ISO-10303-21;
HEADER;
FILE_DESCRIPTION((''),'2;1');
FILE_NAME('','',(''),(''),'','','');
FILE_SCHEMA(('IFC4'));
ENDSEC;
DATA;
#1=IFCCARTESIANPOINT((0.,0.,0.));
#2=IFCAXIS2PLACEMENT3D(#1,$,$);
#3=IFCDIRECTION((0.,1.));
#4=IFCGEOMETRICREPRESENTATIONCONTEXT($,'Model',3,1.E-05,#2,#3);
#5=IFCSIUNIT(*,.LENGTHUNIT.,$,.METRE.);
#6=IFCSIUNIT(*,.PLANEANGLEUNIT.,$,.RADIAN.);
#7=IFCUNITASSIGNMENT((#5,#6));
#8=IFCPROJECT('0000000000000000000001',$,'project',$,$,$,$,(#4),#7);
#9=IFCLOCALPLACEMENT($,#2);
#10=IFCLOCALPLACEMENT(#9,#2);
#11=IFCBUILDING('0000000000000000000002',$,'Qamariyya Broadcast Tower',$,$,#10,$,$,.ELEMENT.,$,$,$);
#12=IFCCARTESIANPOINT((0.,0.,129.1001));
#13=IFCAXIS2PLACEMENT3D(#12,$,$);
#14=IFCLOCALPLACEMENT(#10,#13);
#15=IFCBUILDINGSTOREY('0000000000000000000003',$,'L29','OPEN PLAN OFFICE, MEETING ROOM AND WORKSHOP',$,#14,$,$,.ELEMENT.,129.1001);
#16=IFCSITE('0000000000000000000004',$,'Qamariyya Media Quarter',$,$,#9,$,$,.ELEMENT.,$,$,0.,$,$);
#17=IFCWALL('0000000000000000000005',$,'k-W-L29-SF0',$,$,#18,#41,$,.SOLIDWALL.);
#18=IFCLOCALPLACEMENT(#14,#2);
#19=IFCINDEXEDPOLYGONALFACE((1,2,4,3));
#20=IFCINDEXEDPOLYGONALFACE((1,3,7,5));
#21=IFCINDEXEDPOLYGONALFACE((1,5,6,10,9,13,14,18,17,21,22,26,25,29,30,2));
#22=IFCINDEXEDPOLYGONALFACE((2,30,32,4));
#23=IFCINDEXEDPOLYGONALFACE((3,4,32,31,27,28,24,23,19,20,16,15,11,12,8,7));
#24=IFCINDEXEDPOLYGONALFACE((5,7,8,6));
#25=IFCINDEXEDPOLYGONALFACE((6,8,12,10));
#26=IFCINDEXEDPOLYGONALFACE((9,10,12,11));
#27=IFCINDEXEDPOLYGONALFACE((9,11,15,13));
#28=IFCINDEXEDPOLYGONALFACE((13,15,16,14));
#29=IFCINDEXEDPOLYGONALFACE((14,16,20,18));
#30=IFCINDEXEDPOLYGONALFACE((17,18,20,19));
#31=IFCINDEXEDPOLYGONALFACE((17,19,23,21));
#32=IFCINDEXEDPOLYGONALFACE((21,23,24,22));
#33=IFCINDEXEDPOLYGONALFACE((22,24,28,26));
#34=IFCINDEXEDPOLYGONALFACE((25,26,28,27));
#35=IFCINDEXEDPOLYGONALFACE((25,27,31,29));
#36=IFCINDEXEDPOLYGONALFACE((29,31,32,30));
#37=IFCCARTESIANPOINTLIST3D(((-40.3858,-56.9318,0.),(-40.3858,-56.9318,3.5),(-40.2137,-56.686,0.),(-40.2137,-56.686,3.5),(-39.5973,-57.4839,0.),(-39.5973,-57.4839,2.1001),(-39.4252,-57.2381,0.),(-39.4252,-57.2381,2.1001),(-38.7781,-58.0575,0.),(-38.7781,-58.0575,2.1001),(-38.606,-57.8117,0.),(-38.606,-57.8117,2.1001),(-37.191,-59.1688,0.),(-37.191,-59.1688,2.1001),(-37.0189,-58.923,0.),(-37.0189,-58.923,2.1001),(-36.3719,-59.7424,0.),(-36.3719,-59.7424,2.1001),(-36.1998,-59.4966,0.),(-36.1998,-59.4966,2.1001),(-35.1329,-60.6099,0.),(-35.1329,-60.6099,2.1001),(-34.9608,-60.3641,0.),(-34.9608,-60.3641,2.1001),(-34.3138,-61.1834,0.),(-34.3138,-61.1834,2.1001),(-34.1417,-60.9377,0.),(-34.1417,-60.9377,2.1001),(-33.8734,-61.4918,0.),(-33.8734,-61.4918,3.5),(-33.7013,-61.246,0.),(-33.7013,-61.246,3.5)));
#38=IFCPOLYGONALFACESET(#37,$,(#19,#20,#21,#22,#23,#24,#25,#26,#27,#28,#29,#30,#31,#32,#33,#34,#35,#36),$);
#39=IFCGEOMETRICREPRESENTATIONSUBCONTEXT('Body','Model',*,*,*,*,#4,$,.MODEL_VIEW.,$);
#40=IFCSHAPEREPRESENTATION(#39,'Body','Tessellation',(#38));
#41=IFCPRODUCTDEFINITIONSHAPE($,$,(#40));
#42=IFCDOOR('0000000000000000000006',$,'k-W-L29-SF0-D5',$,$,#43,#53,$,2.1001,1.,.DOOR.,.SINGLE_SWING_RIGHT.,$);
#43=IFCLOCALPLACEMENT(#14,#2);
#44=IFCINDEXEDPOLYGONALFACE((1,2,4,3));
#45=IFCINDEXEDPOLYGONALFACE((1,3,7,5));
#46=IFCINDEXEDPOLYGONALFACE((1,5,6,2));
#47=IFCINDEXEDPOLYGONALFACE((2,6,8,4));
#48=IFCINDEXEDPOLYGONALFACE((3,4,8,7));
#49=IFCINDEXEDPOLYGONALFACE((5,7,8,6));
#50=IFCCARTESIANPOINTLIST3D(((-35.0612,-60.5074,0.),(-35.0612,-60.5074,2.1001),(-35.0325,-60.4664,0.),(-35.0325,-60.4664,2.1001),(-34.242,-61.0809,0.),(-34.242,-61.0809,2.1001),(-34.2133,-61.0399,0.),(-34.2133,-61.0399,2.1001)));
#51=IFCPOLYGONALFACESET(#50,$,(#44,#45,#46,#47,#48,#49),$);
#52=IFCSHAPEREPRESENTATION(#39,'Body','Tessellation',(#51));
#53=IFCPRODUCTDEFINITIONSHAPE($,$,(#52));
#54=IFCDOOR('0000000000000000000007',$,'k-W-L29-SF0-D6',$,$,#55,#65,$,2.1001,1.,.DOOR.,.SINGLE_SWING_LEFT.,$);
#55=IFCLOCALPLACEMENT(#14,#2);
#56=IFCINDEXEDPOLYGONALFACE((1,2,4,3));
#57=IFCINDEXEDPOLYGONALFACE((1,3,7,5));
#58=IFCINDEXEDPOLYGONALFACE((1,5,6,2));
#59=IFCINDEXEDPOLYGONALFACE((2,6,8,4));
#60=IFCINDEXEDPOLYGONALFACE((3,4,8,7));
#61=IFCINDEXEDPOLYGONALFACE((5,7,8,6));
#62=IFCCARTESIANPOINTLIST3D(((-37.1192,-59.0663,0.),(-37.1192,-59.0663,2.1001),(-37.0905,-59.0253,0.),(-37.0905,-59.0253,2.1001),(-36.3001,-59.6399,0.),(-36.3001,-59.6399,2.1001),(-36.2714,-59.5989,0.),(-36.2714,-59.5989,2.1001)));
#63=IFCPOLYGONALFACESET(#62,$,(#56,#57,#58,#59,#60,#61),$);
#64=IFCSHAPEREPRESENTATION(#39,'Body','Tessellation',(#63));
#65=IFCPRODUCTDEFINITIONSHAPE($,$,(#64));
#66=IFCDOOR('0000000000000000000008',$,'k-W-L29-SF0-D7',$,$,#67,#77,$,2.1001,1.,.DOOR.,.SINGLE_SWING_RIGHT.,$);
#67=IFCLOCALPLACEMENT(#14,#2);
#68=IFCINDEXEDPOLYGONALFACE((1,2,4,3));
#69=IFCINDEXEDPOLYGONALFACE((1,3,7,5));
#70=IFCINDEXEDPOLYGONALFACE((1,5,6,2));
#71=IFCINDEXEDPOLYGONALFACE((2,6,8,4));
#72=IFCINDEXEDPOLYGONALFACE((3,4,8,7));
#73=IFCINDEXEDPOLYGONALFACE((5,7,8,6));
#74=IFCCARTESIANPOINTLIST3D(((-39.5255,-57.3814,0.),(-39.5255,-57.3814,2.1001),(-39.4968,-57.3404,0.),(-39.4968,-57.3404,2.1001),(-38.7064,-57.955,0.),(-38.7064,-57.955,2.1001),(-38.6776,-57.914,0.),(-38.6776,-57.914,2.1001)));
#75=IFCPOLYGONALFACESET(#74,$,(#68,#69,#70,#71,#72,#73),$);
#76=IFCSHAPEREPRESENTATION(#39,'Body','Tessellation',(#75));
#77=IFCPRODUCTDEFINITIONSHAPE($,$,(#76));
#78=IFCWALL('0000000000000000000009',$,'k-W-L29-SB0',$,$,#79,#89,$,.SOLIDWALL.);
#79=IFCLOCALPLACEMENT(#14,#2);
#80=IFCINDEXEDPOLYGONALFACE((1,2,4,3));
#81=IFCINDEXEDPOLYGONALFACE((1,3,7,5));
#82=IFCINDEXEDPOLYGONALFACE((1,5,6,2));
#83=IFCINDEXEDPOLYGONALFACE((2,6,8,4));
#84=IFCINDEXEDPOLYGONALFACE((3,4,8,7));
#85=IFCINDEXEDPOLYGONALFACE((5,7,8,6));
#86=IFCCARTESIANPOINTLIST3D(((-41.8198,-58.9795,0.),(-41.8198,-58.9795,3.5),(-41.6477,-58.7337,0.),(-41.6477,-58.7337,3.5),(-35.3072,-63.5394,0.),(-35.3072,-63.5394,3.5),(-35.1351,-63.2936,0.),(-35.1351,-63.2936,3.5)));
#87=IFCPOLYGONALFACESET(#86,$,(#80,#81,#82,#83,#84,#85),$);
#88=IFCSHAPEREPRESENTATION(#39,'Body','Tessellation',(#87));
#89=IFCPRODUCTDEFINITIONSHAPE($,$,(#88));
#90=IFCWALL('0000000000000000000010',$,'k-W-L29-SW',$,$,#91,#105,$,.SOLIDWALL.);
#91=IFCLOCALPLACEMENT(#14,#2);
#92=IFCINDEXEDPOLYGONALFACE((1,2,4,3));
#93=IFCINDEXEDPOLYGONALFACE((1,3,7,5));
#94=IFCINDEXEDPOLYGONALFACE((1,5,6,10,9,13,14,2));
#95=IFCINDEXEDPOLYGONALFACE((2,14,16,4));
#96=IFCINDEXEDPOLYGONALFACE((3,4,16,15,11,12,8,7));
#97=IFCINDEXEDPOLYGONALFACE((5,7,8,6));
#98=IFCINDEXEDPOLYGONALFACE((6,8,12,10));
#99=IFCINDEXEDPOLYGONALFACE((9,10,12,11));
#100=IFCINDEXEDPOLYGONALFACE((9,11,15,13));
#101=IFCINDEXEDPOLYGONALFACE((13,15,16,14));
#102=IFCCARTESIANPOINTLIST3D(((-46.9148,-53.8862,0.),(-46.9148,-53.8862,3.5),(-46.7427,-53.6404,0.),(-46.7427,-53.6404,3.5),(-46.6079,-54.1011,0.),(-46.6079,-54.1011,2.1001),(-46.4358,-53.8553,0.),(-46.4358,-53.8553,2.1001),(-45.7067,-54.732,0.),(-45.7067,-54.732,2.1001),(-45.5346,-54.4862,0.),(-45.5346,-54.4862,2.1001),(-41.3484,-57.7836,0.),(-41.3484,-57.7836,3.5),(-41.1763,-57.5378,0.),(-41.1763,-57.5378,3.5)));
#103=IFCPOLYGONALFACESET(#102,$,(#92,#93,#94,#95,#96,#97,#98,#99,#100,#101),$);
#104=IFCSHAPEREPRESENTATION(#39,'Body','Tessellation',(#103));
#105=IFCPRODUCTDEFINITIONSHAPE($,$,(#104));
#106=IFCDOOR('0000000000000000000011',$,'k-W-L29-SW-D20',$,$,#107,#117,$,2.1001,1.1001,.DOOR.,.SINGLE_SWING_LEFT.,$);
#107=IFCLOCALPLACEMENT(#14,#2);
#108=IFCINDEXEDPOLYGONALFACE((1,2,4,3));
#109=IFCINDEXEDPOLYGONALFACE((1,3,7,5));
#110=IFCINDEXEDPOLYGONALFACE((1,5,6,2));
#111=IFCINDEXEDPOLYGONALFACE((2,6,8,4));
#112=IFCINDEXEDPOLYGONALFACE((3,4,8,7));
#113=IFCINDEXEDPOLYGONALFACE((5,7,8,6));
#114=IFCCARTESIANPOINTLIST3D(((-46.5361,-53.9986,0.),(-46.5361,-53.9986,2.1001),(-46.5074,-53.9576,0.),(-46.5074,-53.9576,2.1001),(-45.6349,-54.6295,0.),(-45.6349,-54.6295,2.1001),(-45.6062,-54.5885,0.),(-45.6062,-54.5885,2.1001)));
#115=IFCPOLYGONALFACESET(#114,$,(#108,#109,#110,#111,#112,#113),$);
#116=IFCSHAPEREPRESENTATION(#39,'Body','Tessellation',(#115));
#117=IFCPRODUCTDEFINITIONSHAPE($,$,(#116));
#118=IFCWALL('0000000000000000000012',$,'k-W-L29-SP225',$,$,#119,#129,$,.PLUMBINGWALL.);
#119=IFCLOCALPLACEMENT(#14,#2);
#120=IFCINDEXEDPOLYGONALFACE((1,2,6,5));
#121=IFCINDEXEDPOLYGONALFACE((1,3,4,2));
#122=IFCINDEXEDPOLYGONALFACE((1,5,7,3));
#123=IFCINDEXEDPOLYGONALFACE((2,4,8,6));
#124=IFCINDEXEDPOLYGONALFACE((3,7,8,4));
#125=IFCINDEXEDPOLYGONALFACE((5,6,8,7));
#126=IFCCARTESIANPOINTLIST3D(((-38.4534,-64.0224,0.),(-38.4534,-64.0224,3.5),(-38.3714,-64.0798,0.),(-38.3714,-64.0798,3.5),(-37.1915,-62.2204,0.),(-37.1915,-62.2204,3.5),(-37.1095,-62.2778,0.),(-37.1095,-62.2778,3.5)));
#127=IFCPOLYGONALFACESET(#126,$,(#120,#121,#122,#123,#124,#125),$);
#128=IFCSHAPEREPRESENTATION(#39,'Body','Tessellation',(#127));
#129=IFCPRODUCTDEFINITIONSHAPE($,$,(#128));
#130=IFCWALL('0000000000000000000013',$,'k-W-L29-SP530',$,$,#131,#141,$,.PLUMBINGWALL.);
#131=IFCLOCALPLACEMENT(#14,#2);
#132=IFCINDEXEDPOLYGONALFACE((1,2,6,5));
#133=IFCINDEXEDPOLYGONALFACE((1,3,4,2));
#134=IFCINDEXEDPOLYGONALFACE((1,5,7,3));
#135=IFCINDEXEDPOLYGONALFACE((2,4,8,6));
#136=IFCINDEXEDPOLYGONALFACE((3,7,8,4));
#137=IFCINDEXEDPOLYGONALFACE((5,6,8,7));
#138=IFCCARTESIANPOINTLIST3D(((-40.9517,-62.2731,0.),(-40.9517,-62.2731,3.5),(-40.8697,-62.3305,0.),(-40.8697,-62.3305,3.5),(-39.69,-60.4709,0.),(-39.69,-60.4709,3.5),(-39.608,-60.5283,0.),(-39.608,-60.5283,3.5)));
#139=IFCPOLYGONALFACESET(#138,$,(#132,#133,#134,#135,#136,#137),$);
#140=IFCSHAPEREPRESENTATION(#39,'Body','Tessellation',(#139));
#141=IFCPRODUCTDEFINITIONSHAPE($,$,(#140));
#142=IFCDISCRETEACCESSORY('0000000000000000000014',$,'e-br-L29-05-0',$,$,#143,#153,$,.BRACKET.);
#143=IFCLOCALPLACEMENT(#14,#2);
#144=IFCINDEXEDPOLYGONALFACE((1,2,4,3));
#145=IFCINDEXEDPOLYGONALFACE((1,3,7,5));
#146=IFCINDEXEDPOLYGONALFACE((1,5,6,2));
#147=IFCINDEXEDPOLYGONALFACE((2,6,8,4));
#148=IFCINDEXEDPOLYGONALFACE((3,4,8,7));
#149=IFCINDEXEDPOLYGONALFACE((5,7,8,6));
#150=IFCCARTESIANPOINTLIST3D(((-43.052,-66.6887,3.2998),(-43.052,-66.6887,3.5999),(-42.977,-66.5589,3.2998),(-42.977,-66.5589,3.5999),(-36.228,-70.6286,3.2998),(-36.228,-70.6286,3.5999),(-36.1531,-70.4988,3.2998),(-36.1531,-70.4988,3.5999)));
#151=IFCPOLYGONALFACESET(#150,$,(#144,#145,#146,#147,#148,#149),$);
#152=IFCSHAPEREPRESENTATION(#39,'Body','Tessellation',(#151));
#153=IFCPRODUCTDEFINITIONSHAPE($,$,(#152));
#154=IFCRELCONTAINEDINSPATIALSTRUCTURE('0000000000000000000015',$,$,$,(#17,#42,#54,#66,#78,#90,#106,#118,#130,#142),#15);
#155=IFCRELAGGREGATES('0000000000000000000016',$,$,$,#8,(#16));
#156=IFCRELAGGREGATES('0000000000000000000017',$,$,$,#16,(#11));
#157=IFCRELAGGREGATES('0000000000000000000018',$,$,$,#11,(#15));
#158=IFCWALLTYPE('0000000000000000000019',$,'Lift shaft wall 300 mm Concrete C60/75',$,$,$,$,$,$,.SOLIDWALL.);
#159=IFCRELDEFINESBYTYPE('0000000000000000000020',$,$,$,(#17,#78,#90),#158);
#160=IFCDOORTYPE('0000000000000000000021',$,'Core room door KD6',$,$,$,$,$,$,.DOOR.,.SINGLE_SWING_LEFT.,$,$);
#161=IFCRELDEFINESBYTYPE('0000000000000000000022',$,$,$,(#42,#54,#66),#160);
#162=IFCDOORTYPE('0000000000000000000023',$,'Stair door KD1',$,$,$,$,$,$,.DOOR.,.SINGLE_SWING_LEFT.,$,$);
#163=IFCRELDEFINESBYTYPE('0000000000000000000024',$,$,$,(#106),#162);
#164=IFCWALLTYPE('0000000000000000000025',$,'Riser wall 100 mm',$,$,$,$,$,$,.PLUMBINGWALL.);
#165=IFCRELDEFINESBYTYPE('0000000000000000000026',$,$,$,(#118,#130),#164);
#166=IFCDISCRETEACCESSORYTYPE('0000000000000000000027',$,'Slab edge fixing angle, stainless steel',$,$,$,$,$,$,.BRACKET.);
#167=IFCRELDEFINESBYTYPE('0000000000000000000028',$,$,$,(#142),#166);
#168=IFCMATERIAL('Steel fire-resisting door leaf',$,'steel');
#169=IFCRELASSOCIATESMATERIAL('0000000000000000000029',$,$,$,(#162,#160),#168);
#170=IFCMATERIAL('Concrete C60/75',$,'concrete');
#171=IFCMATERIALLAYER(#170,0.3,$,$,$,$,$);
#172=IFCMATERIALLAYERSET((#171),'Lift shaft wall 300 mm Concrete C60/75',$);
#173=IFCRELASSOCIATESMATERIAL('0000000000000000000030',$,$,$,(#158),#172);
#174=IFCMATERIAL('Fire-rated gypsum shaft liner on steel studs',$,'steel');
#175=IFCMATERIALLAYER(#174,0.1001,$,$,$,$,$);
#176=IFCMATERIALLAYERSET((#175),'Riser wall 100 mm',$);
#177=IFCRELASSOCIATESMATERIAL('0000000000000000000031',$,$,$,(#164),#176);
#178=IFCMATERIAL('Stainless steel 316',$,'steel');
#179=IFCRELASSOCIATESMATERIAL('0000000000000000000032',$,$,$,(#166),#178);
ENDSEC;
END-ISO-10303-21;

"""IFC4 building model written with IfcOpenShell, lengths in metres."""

from ifc_helpers import new_model, si_unit, direction, frame, frame_2d, origin, origin_2d, place, context, subcontext, project, spatial, rectangle, extrude, material, layer, layer_set, type_object, element, fill, save


model = new_model("IFC4")

# Units and contexts
model_context = context("Model", 3, precision=1e-05, world=origin(), true_north=direction((0.0, 1.0)))
body_context = subcontext(model_context, "Body", "Model", "MODEL_VIEW")
ifc_project = project(units=[si_unit("LENGTHUNIT", "METRE"), si_unit("PLANEANGLEUNIT", "RADIAN")], contexts=[model_context])

# Site, building, storey
site_placement = place(None, origin())
site = spatial("IfcSite", under=ifc_project, at=site_placement, Name="Qamariyya Media Quarter", CompositionType="ELEMENT", RefElevation=0.0)
building_placement = place(site_placement, origin())
building = spatial("IfcBuilding", under=site, at=building_placement, Name="Qamariyya Broadcast Tower", CompositionType="ELEMENT")
storey_placement = place(building_placement, frame((0.0, 0.0, 129.1001)))
storey = spatial("IfcBuildingStorey", under=building, at=storey_placement, Name="L29", Description="OPEN PLAN OFFICE, MEETING ROOM AND WORKSHOP", CompositionType="ELEMENT", Elevation=129.1001)

# Shared definitions
ifc_material_1 = material(Name="Steel fire-resisting door leaf", Category="steel")

# Shared definitions
door_type_1 = type_object("IfcDoorType", Name="Stair door KD1", OperationType="SINGLE_SWING_LEFT", PredefinedType="DOOR", material=ifc_material_1)

# Shared definitions
ifc_material_2 = material(Name="Concrete C60/75", Category="concrete")
ifc_layer_1 = layer(ifc_material_2, 0.3)
ifc_layer_set_1 = layer_set([ifc_layer_1], Name="Lift shaft wall 300 mm Concrete C60/75")
wall_type_1 = type_object("IfcWallType", Name="Lift shaft wall 300 mm Concrete C60/75", PredefinedType="SOLIDWALL", material=ifc_layer_set_1)

# Wall, openings, doors
wall_1_placement = place(storey_placement, frame((-33.7874, -61.3689, 0.0), z_axis=(0.0, 0.0, 1.0), x_axis=(-0.819153, 0.573576, 0.0)))
wall_1 = element("IfcWall", 1, at=wall_1_placement, inside=storey, type_object=wall_type_1, Name="k-W-L29-SF0", PredefinedType="SOLIDWALL", context=body_context, shape_type="SweptSolid", body=[
    extrude(rectangle(XDim=7.9502, YDim=0.3, at=frame_2d((3.9751, 0.0))), origin(), (0.0, 0.0, 1.0), 3.5),
])
opening_1_placement = place(wall_1_placement, frame((0.5376, 0.0, 0.0)))
opening_1 = element("IfcOpeningElement", 2, at=opening_1_placement, cuts=wall_1, PredefinedType="OPENING", context=body_context, shape_type="SweptSolid", body=[
    extrude(rectangle(XDim=1.0, YDim=2.1001, at=frame_2d((0.5, 1.05))), frame((0.0, 0.1599, 0.0), z_axis=(0.0, -1.0, 0.0), x_axis=(1.0, 0.0, 0.0)), (0.0, 0.0, 1.0), 0.3201),
])
opening_2_placement = place(wall_1_placement, frame((3.05, 0.0, 0.0)))
opening_2 = element("IfcOpeningElement", 3, at=opening_2_placement, cuts=wall_1, PredefinedType="OPENING", context=body_context, shape_type="SweptSolid", body=[
    extrude(rectangle(XDim=1.0, YDim=2.1001, at=frame_2d((0.5, 1.05))), frame((0.0, 0.1599, 0.0), z_axis=(0.0, -1.0, 0.0), x_axis=(1.0, 0.0, 0.0)), (0.0, 0.0, 1.0), 0.3201),
])
opening_3_placement = place(wall_1_placement, frame((5.9875, 0.0, 0.0)))
opening_3 = element("IfcOpeningElement", 4, at=opening_3_placement, cuts=wall_1, PredefinedType="OPENING", context=body_context, shape_type="SweptSolid", body=[
    extrude(rectangle(XDim=1.0, YDim=2.1001, at=frame_2d((0.5, 1.05))), frame((0.0, 0.1599, 0.0), z_axis=(0.0, -1.0, 0.0), x_axis=(1.0, 0.0, 0.0)), (0.0, 0.0, 1.0), 0.3201),
])
door_type_2 = type_object("IfcDoorType", Name="Core room door KD6", OperationType="SINGLE_SWING_LEFT", PredefinedType="DOOR", material=ifc_material_1)
door_1_placement = place(opening_1_placement, origin())
door_1 = element("IfcDoor", 5, at=door_1_placement, inside=storey, type_object=door_type_2, Name="k-W-L29-SF0-D5", OperationType="SINGLE_SWING_RIGHT", OverallHeight=2.1001, OverallWidth=1.0, PredefinedType="DOOR", context=body_context, shape_type="SweptSolid", body=[
    extrude(rectangle(XDim=1.0, YDim=2.1001, at=frame_2d((0.5, 1.05))), frame((0.0, 0.0249, 0.0), z_axis=(0.0, -1.0, 0.0), x_axis=(1.0, 0.0, 0.0)), (0.0, 0.0, 1.0), 0.05),
])
fill(opening_1, door_1)
door_2_placement = place(opening_2_placement, origin())
door_2 = element("IfcDoor", 6, at=door_2_placement, inside=storey, type_object=door_type_2, Name="k-W-L29-SF0-D6", OperationType="SINGLE_SWING_LEFT", OverallHeight=2.1001, OverallWidth=1.0, PredefinedType="DOOR", context=body_context, shape_type="SweptSolid", body=[
    extrude(rectangle(XDim=1.0, YDim=2.1001, at=frame_2d((0.5, 1.05))), frame((0.0, 0.0249, 0.0), z_axis=(0.0, -1.0, 0.0), x_axis=(1.0, 0.0, 0.0)), (0.0, 0.0, 1.0), 0.05),
])
fill(opening_2, door_2)
door_3_placement = place(opening_3_placement, origin())
door_3 = element("IfcDoor", 7, at=door_3_placement, inside=storey, type_object=door_type_2, Name="k-W-L29-SF0-D7", OperationType="SINGLE_SWING_RIGHT", OverallHeight=2.1001, OverallWidth=1.0, PredefinedType="DOOR", context=body_context, shape_type="SweptSolid", body=[
    extrude(rectangle(XDim=1.0, YDim=2.1001, at=frame_2d((0.5, 1.05))), frame((0.0, 0.0249, 0.0), z_axis=(0.0, -1.0, 0.0), x_axis=(1.0, 0.0, 0.0)), (0.0, 0.0, 1.0), 0.05),
])
fill(opening_3, door_3)

# Wall
wall_2_placement = place(storey_placement, frame((-35.2212, -63.4165, 0.0), z_axis=(0.0, 0.0, 1.0), x_axis=(-0.819167, 0.573555, 0.0)))
element("IfcWall", 8, at=wall_2_placement, inside=storey, type_object=wall_type_1, Name="k-W-L29-SB0", PredefinedType="SOLIDWALL", context=body_context, shape_type="SweptSolid", body=[
    extrude(rectangle(XDim=7.9502, YDim=0.3, at=frame_2d((3.9751, 0.0))), origin(), (0.0, 0.0, 1.0), 3.5),
])

# Wall, opening, door
wall_3_placement = place(storey_placement, frame((-41.2625, -57.6606, 0.0), z_axis=(0.0, 0.0, 1.0), x_axis=(-0.819164, 0.573559, 0.0)))
wall_3 = element("IfcWall", 9, at=wall_3_placement, inside=storey, type_object=wall_type_1, Name="k-W-L29-SW", PredefinedType="SOLIDWALL", context=body_context, shape_type="SweptSolid", body=[
    extrude(rectangle(XDim=6.7952, YDim=0.3, at=frame_2d((3.3975, 0.0))), origin(), (0.0, 0.0, 1.0), 3.5),
])
opening_4_placement = place(wall_3_placement, frame((5.3203, 0.0, 0.0)))
opening_4 = element("IfcOpeningElement", 10, at=opening_4_placement, cuts=wall_3, PredefinedType="OPENING", context=body_context, shape_type="SweptSolid", body=[
    extrude(rectangle(XDim=1.1001, YDim=2.1001, at=frame_2d((0.55, 1.05))), frame((0.0, 0.1599, 0.0), z_axis=(0.0, -1.0, 0.0), x_axis=(1.0, 0.0, 0.0)), (0.0, 0.0, 1.0), 0.3201),
])
door_4_placement = place(opening_4_placement, origin())
door_4 = element("IfcDoor", 11, at=door_4_placement, inside=storey, type_object=door_type_1, Name="k-W-L29-SW-D20", OperationType="SINGLE_SWING_LEFT", OverallHeight=2.1001, OverallWidth=1.1001, PredefinedType="DOOR", context=body_context, shape_type="SweptSolid", body=[
    extrude(rectangle(XDim=1.1001, YDim=2.1001, at=frame_2d((0.55, 1.05))), frame((0.0, 0.0249, 0.0), z_axis=(0.0, -1.0, 0.0), x_axis=(1.0, 0.0, 0.0)), (0.0, 0.0, 1.0), 0.05),
])
fill(opening_4, door_4)

# Walls
ifc_material_3 = material(Name="Fire-rated gypsum shaft liner on steel studs", Category="steel")
ifc_layer_2 = layer(ifc_material_3, 0.1001)
ifc_layer_set_2 = layer_set([ifc_layer_2], Name="Riser wall 100 mm")
wall_type_2 = type_object("IfcWallType", Name="Riser wall 100 mm", PredefinedType="PLUMBINGWALL", material=ifc_layer_set_2)
for number, where, z_axis, x_axis, name in (
    (12, (-37.1504, -62.249, 0.0), (0.0, 0.0, 1.0), (-0.573634, -0.819112, 0.0), "k-W-L29-SP225"),
    (13, (-39.6489, -60.4995, 0.0), (0.0, 0.0, 1.0), (-0.573507, -0.819201, 0.0), "k-W-L29-SP530"),
):
    element("IfcWall", number, at=place(storey_placement, frame(where, z_axis=z_axis, x_axis=x_axis)), inside=storey, type_object=wall_type_2, Name=name, PredefinedType="PLUMBINGWALL", context=body_context, shape_type="SweptSolid", body=[
        extrude(rectangle(XDim=2.2, YDim=0.1001, at=frame_2d((1.1001, 0.0))), origin(), (0.0, 0.0, 1.0), 3.5),
    ])

# Discrete accessory
ifc_material_4 = material(Name="Stainless steel 316", Category="steel")
discrete_accessory_type = type_object("IfcDiscreteAccessoryType", Name="Slab edge fixing angle, stainless steel", PredefinedType="BRACKET", material=ifc_material_4)
discrete_accessory_placement = place(storey_placement, frame((-39.6025, -68.5938, 3.2998), z_axis=(0.0, 0.0, 1.0), x_axis=(0.866025, -0.5, 0.0)))
element("IfcDiscreteAccessory", 14, at=discrete_accessory_placement, inside=storey, type_object=discrete_accessory_type, Name="e-br-L29-05-0", PredefinedType="BRACKET", context=body_context, shape_type="SweptSolid", body=[
    extrude(rectangle(XDim=7.8796, YDim=0.1499, at=origin_2d()), origin(), (0.0, 0.0, 1.0), 0.3),
])

save(model, "model.ifc")
